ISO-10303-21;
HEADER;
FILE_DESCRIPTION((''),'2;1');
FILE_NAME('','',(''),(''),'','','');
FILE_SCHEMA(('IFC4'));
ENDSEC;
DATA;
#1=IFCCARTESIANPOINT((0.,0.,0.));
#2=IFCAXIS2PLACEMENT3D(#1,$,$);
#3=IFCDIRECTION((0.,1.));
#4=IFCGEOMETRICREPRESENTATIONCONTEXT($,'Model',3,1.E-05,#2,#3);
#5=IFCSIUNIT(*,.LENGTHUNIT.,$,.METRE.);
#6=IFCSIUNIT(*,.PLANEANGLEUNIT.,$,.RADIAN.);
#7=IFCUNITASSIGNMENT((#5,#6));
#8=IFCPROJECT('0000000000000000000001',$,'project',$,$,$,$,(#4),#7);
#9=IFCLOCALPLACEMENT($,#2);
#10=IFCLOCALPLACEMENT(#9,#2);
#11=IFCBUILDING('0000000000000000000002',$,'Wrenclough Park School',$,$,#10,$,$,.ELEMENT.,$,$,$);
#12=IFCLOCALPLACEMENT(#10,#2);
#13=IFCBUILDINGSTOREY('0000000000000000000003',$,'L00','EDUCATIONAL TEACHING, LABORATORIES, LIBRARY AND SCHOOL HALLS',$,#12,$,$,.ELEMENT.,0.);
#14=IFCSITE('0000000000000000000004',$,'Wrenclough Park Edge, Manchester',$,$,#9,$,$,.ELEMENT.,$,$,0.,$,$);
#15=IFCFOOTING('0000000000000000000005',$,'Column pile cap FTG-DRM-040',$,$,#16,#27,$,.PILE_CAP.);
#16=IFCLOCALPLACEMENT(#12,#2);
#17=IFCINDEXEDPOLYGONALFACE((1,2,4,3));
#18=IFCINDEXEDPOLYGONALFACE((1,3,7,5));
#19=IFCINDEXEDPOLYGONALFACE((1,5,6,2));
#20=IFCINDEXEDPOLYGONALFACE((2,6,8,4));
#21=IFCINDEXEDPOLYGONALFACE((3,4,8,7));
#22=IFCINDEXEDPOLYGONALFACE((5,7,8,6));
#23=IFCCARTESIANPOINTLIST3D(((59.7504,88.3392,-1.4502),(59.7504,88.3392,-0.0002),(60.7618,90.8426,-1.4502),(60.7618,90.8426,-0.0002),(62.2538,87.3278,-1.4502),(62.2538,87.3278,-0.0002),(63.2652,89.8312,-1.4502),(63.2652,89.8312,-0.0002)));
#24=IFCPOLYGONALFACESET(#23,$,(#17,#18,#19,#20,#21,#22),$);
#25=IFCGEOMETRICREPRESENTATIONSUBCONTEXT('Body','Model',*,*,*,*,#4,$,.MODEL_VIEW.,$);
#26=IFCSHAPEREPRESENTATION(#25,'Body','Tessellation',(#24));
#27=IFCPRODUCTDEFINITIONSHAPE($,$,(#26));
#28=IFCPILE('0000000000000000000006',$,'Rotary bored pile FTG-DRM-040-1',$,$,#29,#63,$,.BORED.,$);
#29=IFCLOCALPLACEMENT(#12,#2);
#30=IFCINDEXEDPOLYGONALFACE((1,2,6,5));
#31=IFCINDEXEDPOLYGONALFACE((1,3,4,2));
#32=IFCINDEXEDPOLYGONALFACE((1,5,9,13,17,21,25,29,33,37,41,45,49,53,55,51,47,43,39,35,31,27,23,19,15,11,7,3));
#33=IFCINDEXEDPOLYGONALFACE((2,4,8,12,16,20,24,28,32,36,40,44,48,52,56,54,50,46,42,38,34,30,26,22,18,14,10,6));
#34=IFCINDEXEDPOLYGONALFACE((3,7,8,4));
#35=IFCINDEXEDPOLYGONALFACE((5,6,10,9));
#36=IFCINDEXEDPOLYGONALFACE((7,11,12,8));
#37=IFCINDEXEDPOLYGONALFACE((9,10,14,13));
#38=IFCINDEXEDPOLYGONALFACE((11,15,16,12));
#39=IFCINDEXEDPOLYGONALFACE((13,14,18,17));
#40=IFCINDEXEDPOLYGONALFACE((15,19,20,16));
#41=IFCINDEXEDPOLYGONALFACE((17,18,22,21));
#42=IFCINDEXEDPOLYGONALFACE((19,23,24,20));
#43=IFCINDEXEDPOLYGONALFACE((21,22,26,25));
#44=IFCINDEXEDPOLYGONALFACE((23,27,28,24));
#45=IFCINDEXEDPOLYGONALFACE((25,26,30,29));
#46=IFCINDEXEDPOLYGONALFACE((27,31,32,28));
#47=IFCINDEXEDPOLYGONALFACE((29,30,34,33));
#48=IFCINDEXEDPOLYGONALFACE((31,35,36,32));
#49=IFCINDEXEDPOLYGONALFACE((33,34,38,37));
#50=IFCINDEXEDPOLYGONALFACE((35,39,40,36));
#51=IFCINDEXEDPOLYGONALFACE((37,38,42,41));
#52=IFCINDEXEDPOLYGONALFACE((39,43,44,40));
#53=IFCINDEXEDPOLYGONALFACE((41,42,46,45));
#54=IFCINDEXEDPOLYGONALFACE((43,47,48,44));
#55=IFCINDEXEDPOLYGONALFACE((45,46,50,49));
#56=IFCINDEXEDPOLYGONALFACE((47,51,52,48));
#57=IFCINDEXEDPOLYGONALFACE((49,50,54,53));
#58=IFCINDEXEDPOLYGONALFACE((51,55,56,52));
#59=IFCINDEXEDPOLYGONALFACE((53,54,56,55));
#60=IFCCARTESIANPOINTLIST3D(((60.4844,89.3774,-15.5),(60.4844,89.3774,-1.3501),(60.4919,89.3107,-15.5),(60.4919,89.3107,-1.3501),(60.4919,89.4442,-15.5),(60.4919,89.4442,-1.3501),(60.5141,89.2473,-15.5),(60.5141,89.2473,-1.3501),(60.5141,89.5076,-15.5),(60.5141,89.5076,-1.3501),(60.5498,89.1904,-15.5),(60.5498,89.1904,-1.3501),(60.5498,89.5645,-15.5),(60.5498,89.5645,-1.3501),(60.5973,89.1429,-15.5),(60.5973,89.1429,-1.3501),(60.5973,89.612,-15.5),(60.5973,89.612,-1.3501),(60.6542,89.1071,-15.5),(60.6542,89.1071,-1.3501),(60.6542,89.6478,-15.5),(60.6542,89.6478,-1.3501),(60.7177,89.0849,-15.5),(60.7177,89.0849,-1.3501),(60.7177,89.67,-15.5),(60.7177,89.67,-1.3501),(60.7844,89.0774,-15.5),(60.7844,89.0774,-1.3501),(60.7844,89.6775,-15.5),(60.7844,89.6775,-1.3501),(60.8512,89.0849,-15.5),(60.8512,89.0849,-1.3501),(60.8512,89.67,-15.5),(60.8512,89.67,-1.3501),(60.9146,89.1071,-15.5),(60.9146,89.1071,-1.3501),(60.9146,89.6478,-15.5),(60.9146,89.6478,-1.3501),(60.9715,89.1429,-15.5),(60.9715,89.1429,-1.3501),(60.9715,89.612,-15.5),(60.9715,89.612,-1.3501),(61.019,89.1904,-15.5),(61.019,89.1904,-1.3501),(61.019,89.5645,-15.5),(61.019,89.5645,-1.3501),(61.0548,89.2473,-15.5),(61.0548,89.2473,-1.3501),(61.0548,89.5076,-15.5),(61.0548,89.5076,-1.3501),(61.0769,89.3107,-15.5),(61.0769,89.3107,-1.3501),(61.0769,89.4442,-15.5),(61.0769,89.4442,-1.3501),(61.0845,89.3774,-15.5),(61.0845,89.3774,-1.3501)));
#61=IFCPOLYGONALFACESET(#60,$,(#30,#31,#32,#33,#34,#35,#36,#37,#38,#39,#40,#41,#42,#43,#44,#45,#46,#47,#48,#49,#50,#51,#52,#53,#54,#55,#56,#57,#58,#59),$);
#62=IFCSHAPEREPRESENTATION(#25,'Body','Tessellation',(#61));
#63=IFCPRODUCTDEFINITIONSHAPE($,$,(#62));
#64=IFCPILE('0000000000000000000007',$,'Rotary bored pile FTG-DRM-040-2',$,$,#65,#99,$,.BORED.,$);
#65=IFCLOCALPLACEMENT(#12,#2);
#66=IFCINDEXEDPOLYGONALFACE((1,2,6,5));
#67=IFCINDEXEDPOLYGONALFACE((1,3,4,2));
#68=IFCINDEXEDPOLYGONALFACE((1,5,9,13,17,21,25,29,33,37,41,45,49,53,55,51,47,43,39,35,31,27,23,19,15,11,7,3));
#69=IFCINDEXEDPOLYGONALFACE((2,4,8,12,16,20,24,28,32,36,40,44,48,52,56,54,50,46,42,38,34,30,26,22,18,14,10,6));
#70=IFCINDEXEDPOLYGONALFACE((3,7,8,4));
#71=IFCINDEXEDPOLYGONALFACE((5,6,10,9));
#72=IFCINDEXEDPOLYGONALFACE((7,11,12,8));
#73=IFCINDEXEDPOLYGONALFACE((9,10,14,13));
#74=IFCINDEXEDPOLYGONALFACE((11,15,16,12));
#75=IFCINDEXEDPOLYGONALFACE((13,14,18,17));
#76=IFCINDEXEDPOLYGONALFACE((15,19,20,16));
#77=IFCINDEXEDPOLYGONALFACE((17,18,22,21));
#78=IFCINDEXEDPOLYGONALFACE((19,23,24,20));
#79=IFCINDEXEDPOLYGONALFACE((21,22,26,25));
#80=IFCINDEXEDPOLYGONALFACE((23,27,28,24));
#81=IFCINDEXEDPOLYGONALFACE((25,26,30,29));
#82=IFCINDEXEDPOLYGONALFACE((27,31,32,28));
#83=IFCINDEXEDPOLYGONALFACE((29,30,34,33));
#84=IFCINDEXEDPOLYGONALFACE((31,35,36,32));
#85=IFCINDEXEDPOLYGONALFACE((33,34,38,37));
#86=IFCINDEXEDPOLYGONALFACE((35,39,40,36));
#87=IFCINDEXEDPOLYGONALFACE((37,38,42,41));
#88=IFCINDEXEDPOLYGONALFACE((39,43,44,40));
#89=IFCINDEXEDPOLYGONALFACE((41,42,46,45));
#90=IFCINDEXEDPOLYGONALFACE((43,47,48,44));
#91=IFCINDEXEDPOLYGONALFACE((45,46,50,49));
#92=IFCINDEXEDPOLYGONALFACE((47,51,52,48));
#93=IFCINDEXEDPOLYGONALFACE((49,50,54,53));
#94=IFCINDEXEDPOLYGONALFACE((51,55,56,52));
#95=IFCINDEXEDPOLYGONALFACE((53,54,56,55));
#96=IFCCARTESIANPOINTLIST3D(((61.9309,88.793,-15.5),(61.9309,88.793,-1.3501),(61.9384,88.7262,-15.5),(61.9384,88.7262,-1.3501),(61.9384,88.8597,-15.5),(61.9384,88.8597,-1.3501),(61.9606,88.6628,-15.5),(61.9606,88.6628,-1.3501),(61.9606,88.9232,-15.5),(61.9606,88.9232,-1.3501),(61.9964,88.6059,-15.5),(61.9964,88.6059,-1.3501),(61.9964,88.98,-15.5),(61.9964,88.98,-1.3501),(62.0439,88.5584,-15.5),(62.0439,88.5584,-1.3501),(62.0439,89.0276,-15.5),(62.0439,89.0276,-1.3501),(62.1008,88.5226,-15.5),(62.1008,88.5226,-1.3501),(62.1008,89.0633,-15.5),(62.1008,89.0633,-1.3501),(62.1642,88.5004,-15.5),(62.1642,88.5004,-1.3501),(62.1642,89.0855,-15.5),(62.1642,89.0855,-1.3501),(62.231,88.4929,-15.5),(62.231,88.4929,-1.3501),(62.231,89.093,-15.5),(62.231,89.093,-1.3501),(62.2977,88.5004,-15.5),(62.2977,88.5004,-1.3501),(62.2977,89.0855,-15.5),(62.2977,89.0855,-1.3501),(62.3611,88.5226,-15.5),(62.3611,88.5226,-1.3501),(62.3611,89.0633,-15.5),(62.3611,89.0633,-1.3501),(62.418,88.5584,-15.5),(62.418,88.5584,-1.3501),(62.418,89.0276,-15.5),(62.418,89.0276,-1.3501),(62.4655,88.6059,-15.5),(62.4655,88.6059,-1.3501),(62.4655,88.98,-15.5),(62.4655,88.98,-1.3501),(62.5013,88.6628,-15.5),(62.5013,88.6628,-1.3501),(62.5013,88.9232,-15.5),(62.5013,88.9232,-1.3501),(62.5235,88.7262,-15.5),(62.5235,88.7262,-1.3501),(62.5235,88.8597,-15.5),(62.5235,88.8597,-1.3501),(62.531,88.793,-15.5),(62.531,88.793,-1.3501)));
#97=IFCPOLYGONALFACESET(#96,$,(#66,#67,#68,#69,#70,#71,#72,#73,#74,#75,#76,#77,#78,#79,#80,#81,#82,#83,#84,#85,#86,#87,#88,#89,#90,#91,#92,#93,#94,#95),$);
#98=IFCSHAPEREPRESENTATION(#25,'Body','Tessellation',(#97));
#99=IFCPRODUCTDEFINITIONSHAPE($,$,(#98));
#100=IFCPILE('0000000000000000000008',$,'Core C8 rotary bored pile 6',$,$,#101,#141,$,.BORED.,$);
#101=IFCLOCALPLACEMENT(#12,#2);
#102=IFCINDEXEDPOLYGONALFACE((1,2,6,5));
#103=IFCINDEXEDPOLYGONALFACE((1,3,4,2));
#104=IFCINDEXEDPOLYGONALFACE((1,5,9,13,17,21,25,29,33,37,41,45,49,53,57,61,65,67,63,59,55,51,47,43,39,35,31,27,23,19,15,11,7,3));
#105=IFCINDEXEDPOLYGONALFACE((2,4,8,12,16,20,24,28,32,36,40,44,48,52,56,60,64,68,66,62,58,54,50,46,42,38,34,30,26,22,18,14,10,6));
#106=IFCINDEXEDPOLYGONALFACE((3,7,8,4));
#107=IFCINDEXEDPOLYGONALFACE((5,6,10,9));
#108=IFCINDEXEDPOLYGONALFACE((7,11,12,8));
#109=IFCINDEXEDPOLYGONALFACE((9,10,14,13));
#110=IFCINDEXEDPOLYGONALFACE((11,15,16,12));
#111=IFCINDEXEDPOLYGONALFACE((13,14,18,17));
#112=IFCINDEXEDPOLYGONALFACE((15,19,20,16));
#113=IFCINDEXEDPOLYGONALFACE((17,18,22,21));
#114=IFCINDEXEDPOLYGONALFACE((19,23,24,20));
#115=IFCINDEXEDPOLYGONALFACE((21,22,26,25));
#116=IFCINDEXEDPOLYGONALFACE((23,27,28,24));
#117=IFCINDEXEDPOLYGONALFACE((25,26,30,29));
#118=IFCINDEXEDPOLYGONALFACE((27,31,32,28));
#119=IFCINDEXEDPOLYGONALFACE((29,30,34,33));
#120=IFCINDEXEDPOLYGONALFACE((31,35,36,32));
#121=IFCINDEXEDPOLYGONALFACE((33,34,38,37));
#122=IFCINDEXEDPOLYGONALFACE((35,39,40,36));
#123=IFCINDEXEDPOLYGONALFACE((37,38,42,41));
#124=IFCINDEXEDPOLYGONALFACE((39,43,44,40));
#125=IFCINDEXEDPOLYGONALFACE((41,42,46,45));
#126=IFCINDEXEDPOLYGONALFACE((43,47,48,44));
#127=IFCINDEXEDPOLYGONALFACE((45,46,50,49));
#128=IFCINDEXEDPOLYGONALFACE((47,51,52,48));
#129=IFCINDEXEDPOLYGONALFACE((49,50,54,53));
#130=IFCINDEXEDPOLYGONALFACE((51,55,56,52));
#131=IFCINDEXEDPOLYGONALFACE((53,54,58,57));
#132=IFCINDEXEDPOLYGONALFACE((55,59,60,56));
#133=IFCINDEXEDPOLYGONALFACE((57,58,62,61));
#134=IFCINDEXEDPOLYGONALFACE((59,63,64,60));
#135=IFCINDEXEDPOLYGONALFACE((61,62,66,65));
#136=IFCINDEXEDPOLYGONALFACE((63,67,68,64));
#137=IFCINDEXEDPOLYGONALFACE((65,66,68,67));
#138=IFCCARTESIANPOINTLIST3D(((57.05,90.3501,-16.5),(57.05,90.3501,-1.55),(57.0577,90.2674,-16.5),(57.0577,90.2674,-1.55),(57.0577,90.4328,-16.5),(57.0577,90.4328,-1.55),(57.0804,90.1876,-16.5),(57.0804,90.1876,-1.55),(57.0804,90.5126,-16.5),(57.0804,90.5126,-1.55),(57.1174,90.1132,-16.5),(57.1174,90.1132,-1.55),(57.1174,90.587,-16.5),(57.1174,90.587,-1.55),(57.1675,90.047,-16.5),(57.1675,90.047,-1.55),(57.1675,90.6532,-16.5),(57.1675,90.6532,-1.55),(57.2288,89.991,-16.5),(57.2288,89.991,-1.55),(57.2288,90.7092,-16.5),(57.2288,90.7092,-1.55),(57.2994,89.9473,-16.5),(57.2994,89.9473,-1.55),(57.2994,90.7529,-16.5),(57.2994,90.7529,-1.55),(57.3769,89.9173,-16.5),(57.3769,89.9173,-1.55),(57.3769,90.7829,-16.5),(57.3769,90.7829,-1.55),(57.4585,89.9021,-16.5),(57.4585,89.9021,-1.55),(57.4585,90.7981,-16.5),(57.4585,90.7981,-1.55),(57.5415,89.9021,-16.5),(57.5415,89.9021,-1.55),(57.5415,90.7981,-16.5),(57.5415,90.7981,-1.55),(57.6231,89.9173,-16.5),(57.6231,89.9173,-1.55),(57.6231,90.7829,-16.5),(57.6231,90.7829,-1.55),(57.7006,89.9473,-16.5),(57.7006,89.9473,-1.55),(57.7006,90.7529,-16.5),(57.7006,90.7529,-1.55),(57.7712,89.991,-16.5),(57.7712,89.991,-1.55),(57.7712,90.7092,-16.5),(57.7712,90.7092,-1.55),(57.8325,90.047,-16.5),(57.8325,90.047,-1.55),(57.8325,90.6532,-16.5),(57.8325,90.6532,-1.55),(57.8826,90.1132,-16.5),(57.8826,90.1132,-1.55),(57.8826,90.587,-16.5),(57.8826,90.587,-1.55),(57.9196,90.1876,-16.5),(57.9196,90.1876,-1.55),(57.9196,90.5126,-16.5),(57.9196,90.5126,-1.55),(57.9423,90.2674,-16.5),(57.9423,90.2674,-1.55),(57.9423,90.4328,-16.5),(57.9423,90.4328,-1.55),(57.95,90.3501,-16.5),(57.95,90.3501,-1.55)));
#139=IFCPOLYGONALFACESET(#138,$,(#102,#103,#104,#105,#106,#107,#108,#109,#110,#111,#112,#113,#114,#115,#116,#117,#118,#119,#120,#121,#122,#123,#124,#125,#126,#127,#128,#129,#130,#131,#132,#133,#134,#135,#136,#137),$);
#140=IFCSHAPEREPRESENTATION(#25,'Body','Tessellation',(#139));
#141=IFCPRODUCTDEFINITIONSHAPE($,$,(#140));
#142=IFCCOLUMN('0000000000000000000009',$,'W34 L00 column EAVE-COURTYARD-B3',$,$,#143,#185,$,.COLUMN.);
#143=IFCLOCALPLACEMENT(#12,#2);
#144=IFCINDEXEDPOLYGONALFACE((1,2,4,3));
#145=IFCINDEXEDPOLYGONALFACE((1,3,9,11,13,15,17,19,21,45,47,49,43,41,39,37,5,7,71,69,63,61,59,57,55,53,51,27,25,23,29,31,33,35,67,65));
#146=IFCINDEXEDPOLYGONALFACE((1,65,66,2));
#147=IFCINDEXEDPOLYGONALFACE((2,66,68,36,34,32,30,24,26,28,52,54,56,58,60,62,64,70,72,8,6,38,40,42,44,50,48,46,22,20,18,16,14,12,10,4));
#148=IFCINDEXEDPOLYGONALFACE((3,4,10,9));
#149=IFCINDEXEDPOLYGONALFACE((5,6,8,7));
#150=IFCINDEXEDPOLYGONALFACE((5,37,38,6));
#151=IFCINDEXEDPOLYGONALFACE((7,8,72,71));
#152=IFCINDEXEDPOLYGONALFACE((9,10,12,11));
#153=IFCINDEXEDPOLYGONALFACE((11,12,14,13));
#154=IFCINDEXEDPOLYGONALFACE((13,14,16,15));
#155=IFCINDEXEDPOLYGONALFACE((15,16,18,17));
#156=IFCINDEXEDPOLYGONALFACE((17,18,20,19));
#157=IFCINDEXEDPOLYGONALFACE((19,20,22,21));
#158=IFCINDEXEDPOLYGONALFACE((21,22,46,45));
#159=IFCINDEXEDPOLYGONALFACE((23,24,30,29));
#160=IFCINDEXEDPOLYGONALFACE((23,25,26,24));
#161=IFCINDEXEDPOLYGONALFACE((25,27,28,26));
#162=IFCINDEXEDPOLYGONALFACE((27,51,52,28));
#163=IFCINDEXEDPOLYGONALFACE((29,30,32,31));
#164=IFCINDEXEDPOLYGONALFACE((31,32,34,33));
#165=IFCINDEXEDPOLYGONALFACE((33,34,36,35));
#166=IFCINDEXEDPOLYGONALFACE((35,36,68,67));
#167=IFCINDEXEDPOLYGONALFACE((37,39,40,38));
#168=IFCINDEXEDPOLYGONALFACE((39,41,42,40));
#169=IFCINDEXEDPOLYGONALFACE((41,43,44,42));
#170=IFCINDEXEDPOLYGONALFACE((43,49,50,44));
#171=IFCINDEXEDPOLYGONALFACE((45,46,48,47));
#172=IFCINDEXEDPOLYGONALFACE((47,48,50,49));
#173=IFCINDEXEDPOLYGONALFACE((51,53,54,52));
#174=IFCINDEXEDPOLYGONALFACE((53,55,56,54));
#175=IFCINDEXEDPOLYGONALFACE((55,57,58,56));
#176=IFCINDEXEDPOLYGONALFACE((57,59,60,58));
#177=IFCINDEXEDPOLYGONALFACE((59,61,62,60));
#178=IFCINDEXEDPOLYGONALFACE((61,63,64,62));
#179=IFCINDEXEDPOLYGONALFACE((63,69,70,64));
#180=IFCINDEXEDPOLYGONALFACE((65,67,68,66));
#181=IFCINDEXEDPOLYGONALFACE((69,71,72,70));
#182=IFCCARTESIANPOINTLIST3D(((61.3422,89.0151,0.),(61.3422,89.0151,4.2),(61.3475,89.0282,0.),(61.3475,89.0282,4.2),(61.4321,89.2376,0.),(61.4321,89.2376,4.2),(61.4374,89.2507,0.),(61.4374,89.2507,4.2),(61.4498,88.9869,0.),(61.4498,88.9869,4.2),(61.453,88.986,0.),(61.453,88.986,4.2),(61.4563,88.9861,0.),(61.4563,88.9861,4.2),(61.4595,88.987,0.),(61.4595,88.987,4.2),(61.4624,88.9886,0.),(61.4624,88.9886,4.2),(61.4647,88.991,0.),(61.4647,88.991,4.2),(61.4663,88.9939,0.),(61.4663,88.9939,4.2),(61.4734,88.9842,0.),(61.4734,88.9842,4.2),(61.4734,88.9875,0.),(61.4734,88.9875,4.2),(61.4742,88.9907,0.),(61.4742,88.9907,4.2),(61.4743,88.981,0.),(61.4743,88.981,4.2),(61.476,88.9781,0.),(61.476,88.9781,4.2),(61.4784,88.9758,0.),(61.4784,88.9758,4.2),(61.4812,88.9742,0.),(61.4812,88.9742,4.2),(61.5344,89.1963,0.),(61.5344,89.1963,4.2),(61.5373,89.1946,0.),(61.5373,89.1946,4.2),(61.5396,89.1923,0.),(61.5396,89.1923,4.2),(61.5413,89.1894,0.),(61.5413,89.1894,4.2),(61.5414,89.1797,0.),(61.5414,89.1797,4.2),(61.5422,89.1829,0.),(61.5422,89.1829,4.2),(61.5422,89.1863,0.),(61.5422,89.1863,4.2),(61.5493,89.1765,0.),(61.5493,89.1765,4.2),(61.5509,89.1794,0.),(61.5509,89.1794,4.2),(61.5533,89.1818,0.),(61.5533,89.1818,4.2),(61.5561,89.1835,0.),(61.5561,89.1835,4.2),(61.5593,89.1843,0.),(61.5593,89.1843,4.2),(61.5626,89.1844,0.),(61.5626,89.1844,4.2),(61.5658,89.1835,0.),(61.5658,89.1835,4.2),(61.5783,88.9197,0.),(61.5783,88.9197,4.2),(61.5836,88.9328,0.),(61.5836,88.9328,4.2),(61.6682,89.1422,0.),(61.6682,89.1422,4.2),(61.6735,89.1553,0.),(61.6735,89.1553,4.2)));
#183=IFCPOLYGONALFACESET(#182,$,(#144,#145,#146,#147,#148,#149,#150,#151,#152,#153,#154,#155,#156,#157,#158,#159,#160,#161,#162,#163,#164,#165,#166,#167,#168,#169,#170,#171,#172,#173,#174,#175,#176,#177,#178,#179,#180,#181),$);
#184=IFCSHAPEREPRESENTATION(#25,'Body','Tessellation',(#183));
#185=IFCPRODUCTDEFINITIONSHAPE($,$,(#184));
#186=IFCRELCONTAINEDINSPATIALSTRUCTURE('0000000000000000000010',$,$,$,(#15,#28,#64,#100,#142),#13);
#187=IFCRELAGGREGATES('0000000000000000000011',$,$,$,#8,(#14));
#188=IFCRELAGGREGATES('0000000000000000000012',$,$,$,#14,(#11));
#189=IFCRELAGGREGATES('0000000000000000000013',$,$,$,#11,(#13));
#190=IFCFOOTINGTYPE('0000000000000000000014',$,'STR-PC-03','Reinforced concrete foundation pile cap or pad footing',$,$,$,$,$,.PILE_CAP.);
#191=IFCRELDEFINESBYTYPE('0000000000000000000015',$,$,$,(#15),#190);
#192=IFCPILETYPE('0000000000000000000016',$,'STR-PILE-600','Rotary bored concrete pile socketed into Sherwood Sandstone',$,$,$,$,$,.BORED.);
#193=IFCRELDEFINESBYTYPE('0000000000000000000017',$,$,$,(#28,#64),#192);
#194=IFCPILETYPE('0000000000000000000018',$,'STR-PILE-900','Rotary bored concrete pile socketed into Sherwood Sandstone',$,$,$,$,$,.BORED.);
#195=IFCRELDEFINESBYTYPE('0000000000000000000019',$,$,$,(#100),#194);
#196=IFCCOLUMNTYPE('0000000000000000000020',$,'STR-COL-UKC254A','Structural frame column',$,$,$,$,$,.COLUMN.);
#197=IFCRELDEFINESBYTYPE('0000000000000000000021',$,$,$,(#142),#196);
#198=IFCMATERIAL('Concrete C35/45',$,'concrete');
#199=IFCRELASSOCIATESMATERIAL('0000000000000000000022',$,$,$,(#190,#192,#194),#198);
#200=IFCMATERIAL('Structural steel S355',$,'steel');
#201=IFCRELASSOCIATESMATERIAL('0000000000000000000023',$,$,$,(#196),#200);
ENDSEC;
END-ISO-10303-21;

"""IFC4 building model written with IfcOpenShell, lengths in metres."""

from ifc_helpers import new_model, si_unit, direction, frame, origin, origin_2d, place, context, subcontext, project, spatial, rectangle, circle, i_section, extrude, material, material_profile, profile_set, type_object, element, save


model = new_model("IFC4")

# Units and contexts
model_context = context("Model", 3, precision=1e-05, world=origin(), true_north=direction((0.0, 1.0)))
body_context = subcontext(model_context, "Body", "Model", "MODEL_VIEW")
ifc_project = project(units=[si_unit("LENGTHUNIT", "METRE"), si_unit("PLANEANGLEUNIT", "RADIAN")], contexts=[model_context])

# Site, building, storey
site_placement = place(None, origin())
site = spatial("IfcSite", under=ifc_project, at=site_placement, Name="Wrenclough Park Edge, Manchester", CompositionType="ELEMENT", RefElevation=0.0)
building_placement = place(site_placement, origin())
building = spatial("IfcBuilding", under=site, at=building_placement, Name="Wrenclough Park School", CompositionType="ELEMENT")
storey_placement = place(building_placement, origin())
storey = spatial("IfcBuildingStorey", under=building, at=storey_placement, Name="L00", Description="EDUCATIONAL TEACHING, LABORATORIES, LIBRARY AND SCHOOL HALLS", CompositionType="ELEMENT", Elevation=0.0)

# Footing
ifc_material_1 = material(Name="Concrete C35/45", Category="concrete")
footing_type = type_object("IfcFootingType", Name="STR-PC-03", Description="Reinforced concrete foundation pile cap or pad footing", PredefinedType="PILE_CAP", material=ifc_material_1)
footing_placement = place(storey_placement, frame((61.5078, 89.0852, -1.4502), z_axis=(0.0, 0.0, 1.0), x_axis=(0.927184, -0.374607, 0.0)))
element("IfcFooting", 1, at=footing_placement, inside=storey, type_object=footing_type, Name="Column pile cap FTG-DRM-040", PredefinedType="PILE_CAP", context=body_context, shape_type="SweptSolid", body=[
    extrude(rectangle(XDim=2.7, YDim=2.7, at=origin_2d()), origin(), (0.0, 0.0, 1.0), 1.45),
])

# Piles
ifc_material_profile_1 = material_profile(ifc_material_1, circle(Radius=0.3, at=origin_2d()), Name="BORED PILE D600")
ifc_profile_set_1 = profile_set([ifc_material_profile_1], Name="Concrete C35/45")
pile_type_1 = type_object("IfcPileType", Name="STR-PILE-600", Description="Rotary bored concrete pile socketed into Sherwood Sandstone", PredefinedType="BORED", material=ifc_profile_set_1)
for number, where, z_axis, x_axis, name in (
    (2, (60.7844, 89.3774, -1.3501), (0.0, 0.0, -1.0), (1.0, 0.0, 0.0), "Rotary bored pile FTG-DRM-040-1"),
    (3, (62.231, 88.793, -1.3501), (0.0, 0.0, -1.0), (1.0, 0.0, 0.0), "Rotary bored pile FTG-DRM-040-2"),
):
    element("IfcPile", number, at=place(storey_placement, frame(where, z_axis=z_axis, x_axis=x_axis)), inside=storey, type_object=pile_type_1, Name=name, PredefinedType="BORED", context=body_context, shape_type="SweptSolid", body=[
        extrude(circle(Radius=0.3, at=origin_2d()), origin(), (0.0, 0.0, 1.0), 14.1499),
    ])
ifc_material_profile_2 = material_profile(ifc_material_1, circle(Radius=0.45, at=origin_2d()), Name="BORED PILE D900")
ifc_profile_set_2 = profile_set([ifc_material_profile_2], Name="Concrete C35/45")
pile_type_2 = type_object("IfcPileType", Name="STR-PILE-900", Description="Rotary bored concrete pile socketed into Sherwood Sandstone", PredefinedType="BORED", material=ifc_profile_set_2)
pile_placement = place(storey_placement, frame((57.5, 90.3501, -1.55), z_axis=(0.0, 0.0, -1.0), x_axis=(1.0, 0.0, 0.0)))
element("IfcPile", 4, at=pile_placement, inside=storey, type_object=pile_type_2, Name="Core C8 rotary bored pile 6", PredefinedType="BORED", context=body_context, shape_type="SweptSolid", body=[
    extrude(circle(Radius=0.45, at=origin_2d()), origin(), (0.0, 0.0, 1.0), 14.95),
])

# Column
ifc_material_2 = material(Name="Structural steel S355", Category="steel")
ifc_material_profile_3 = material_profile(ifc_material_2, i_section(OverallWidth=0.2546, OverallDepth=0.2542, WebThickness=0.0085, FlangeThickness=0.0142, FilletRadius=0.0127, at=origin_2d()), Name="UKC 254x254x73")
ifc_profile_set_3 = profile_set([ifc_material_profile_3], Name="Structural steel S355")
column_type = type_object("IfcColumnType", Name="STR-COL-UKC254A", Description="Structural frame column", PredefinedType="COLUMN", material=ifc_profile_set_3)
column_placement = place(storey_placement, frame((61.5078, 89.0852, 0.0), z_axis=(0.0, 0.0, 1.0), x_axis=(0.927184, -0.374607, 0.0)))
element("IfcColumn", 5, at=column_placement, inside=storey, type_object=column_type, Name="W34 L00 column EAVE-COURTYARD-B3", PredefinedType="COLUMN", context=body_context, shape_type="SweptSolid", body=[
    extrude(i_section(OverallWidth=0.2546, OverallDepth=0.2542, WebThickness=0.0085, FlangeThickness=0.0142, FilletRadius=0.0127, at=origin_2d()), origin(), (0.0, 0.0, 1.0), 4.2),
])

save(model, "model.ifc")
